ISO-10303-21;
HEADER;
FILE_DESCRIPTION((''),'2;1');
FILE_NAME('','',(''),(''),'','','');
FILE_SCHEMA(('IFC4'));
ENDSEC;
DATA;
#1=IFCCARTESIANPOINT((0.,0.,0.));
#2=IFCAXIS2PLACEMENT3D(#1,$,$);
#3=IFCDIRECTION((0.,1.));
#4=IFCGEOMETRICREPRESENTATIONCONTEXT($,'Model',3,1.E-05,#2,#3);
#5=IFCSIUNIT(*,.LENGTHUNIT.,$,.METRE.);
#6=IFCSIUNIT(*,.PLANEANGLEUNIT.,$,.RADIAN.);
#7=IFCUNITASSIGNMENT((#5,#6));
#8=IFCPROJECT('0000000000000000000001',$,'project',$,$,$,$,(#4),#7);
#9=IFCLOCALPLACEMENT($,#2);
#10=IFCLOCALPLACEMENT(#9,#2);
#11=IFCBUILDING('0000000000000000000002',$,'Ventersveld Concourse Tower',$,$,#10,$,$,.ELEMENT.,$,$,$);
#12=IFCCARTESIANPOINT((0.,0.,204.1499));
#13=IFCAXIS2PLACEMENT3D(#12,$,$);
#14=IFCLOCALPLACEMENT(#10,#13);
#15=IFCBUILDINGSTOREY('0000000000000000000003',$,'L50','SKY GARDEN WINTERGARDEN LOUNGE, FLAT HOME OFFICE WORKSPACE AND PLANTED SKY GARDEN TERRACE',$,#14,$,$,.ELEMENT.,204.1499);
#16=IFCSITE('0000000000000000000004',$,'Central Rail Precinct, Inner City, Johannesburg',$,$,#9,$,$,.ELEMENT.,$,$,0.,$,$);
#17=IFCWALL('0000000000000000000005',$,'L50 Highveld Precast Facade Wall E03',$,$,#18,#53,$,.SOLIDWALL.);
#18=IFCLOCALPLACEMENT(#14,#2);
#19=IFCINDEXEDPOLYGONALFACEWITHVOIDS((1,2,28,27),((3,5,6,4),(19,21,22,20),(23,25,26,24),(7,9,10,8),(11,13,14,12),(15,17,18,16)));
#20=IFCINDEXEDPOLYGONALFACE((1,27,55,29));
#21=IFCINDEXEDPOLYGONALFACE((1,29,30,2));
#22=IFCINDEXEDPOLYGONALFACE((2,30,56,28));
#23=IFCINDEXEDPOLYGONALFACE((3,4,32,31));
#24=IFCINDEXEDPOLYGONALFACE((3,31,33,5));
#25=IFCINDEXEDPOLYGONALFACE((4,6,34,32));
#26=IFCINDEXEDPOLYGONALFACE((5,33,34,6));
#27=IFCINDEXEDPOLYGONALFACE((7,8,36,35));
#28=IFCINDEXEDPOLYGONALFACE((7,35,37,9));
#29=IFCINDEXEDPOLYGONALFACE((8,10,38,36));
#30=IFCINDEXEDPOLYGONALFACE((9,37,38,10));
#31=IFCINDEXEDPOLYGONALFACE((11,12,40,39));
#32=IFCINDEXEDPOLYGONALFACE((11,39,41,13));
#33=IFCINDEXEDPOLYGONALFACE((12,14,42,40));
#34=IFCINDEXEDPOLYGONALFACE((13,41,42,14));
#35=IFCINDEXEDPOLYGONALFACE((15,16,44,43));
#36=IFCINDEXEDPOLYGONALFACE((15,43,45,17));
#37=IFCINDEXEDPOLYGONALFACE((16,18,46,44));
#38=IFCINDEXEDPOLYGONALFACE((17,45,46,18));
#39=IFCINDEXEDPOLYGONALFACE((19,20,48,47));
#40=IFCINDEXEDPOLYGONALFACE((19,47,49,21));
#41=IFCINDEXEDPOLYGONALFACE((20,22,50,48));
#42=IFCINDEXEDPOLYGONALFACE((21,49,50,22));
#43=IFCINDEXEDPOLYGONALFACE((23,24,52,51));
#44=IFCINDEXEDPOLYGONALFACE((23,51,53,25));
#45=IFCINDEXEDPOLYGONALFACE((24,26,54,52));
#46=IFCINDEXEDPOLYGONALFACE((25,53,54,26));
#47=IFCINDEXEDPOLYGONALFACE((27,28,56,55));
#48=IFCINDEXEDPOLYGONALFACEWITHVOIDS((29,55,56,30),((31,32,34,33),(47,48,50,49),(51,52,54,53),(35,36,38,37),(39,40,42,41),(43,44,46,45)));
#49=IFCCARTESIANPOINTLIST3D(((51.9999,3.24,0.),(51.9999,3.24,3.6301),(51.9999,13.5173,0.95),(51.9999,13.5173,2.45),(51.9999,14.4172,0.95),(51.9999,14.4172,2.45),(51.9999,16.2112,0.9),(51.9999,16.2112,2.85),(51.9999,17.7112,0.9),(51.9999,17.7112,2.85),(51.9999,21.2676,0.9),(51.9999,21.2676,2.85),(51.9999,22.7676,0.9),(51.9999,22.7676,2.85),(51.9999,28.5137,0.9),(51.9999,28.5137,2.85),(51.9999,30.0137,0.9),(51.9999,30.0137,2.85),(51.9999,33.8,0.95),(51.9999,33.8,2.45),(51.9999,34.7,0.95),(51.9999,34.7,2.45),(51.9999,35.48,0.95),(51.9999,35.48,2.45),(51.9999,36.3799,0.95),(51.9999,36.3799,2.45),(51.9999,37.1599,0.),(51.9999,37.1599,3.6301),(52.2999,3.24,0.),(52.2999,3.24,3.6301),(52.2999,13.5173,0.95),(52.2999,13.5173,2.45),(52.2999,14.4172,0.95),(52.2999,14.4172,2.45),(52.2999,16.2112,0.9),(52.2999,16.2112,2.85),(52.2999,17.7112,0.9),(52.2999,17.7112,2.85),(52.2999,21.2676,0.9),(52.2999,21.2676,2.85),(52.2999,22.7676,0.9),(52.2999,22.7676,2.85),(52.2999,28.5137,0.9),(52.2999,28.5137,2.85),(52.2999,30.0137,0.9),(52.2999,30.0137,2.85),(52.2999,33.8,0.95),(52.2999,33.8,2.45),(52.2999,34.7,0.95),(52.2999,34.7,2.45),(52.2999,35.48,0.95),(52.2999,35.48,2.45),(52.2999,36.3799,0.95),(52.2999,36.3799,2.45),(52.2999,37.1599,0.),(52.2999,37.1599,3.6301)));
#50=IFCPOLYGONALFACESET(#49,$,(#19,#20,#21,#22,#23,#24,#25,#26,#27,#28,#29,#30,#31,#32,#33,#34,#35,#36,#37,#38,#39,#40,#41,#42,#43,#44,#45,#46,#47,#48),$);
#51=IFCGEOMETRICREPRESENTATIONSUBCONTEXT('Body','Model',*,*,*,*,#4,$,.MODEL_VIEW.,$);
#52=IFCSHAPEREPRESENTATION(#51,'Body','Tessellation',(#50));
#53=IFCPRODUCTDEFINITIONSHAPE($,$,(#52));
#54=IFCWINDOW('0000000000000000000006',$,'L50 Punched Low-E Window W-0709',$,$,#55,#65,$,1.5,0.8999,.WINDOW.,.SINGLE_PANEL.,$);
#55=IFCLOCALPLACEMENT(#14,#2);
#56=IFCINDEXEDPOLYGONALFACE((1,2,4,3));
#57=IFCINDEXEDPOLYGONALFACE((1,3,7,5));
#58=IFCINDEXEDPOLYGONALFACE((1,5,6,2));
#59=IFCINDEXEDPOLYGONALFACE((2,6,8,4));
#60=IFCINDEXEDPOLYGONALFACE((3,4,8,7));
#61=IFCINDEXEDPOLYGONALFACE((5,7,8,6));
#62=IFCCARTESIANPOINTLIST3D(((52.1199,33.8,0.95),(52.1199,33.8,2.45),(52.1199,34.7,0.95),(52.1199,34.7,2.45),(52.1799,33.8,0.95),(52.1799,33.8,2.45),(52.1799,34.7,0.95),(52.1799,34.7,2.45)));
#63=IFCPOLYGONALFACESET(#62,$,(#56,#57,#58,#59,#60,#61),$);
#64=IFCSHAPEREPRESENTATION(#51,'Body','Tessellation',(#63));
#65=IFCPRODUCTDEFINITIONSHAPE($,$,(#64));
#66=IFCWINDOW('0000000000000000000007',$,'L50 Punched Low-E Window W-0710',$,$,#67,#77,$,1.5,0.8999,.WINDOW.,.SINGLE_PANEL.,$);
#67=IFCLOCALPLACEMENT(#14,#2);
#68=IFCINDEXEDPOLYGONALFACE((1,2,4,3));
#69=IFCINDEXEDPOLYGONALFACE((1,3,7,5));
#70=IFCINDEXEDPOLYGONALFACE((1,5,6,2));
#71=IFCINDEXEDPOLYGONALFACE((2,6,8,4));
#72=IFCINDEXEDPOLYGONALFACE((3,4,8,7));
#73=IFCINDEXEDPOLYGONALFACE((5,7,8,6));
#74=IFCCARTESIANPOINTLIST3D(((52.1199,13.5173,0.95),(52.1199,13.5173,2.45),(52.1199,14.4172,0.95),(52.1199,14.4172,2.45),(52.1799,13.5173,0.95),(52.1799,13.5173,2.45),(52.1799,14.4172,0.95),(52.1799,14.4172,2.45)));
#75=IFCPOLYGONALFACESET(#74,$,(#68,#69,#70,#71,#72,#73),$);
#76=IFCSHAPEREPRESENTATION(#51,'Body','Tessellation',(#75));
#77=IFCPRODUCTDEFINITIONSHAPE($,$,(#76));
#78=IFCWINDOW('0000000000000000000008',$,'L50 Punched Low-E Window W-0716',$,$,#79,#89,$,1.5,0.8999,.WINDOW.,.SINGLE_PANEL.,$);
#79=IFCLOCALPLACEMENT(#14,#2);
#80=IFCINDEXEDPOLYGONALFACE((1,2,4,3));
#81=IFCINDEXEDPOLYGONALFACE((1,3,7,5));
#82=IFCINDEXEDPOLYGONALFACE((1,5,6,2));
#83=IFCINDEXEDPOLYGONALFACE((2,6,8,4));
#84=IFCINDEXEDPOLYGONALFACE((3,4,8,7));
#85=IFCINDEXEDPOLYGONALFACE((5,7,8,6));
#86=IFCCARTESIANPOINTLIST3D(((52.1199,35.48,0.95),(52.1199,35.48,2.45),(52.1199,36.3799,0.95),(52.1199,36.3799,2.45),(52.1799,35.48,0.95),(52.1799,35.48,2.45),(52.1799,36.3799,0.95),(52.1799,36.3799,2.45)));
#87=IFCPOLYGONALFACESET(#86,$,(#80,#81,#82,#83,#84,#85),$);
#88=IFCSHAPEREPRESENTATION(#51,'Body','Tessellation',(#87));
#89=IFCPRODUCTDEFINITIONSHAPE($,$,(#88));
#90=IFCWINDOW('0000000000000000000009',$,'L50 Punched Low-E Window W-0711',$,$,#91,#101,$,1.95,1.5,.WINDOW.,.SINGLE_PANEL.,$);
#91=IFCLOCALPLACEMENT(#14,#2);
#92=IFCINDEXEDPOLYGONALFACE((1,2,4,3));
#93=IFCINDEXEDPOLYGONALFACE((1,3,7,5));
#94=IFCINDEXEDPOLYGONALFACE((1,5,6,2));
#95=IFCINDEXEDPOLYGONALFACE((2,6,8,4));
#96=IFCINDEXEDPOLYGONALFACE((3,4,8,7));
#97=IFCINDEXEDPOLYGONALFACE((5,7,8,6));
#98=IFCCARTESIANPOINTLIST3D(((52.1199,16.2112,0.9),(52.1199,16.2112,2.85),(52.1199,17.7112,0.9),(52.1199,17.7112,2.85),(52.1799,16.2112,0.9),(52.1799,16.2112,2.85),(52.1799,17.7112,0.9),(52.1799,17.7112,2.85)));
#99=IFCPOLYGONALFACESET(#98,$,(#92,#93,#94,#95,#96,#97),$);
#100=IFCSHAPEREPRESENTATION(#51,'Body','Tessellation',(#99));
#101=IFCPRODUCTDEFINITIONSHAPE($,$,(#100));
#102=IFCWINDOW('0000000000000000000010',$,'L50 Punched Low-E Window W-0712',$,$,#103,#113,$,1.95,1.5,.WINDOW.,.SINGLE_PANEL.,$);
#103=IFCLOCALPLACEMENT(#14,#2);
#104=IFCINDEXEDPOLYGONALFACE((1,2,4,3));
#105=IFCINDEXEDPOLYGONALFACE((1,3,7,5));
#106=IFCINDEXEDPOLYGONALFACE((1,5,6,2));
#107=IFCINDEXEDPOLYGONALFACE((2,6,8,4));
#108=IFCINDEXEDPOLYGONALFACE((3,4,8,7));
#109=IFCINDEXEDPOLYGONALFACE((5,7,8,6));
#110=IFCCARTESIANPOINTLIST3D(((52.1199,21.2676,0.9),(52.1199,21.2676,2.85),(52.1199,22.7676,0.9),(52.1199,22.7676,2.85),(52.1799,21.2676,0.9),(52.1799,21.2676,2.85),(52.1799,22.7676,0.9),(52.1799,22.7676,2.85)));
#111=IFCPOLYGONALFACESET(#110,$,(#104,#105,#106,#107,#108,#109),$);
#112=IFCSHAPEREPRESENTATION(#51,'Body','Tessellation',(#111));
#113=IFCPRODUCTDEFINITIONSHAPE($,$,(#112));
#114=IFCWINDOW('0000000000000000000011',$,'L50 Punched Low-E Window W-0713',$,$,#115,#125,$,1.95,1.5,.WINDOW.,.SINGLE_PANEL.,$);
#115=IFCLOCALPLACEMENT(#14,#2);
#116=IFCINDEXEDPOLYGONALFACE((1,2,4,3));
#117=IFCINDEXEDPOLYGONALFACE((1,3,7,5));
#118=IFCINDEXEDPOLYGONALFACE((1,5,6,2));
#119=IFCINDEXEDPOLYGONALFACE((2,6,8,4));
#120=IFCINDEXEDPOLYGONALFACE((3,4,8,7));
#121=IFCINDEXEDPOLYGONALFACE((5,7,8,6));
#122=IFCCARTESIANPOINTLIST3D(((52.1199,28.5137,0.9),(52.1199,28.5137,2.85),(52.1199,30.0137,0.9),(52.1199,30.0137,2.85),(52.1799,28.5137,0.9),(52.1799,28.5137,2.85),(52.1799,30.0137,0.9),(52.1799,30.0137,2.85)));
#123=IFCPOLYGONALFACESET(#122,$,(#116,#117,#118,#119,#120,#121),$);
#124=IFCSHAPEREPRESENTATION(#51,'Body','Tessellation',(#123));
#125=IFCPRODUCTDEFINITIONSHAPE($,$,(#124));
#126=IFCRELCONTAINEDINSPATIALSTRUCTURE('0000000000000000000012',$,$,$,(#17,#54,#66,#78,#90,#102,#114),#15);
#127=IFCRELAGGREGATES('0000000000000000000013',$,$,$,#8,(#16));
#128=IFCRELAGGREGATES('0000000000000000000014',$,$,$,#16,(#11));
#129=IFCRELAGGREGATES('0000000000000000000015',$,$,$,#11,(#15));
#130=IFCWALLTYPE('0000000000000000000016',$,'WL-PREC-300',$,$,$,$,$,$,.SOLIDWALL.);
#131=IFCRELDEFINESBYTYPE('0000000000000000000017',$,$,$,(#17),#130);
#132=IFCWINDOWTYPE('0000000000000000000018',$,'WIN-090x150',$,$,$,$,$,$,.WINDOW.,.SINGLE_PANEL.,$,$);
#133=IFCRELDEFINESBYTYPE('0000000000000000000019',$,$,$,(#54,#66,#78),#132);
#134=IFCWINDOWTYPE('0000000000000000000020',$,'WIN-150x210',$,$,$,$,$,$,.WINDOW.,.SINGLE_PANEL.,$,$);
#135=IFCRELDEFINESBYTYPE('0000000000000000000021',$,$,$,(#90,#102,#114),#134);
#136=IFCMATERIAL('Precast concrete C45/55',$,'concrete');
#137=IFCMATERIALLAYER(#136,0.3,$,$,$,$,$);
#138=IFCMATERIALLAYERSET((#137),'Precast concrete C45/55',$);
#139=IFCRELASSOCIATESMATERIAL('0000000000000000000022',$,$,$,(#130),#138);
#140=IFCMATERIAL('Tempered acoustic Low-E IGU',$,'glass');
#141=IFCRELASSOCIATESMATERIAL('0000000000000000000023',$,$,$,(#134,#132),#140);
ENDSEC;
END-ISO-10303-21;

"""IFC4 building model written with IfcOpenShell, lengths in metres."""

from ifc_helpers import new_model, si_unit, direction, frame, frame_2d, origin, place, context, subcontext, project, spatial, rectangle, extrude, material, layer, layer_set, type_object, element, fill, save


model = new_model("IFC4")

# Units and contexts
model_context = context("Model", 3, precision=1e-05, world=origin(), true_north=direction((0.0, 1.0)))
body_context = subcontext(model_context, "Body", "Model", "MODEL_VIEW")
ifc_project = project(units=[si_unit("LENGTHUNIT", "METRE"), si_unit("PLANEANGLEUNIT", "RADIAN")], contexts=[model_context])

# Site, building, storey
site_placement = place(None, origin())
site = spatial("IfcSite", under=ifc_project, at=site_placement, Name="Central Rail Precinct, Inner City, Johannesburg", CompositionType="ELEMENT", RefElevation=0.0)
building_placement = place(site_placement, origin())
building = spatial("IfcBuilding", under=site, at=building_placement, Name="Ventersveld Concourse Tower", CompositionType="ELEMENT")
storey_placement = place(building_placement, frame((0.0, 0.0, 204.1499)))
storey = spatial("IfcBuildingStorey", under=building, at=storey_placement, Name="L50", Description="SKY GARDEN WINTERGARDEN LOUNGE, FLAT HOME OFFICE WORKSPACE AND PLANTED SKY GARDEN TERRACE", CompositionType="ELEMENT", Elevation=204.1499)

# Shared definitions
ifc_material_1 = material(Name="Precast concrete C45/55", Category="concrete")
ifc_layer_1 = layer(ifc_material_1, 0.3)
ifc_layer_set_1 = layer_set([ifc_layer_1], Name="Precast concrete C45/55")
wall_type_1 = type_object("IfcWallType", Name="WL-PREC-300", PredefinedType="SOLIDWALL", material=ifc_layer_set_1)
ifc_material_2 = material(Name="Tempered acoustic Low-E IGU", Category="glass")
window_type_1 = type_object("IfcWindowType", Name="WIN-150x210", PartitioningType="SINGLE_PANEL", PredefinedType="WINDOW", material=ifc_material_2)

# Wall, openings, windows
wall_1_placement = place(storey_placement, frame((52.1499, 3.24, 0.0), z_axis=(0.0, 0.0, 1.0), x_axis=(0.0, 1.0, 0.0)))
wall_1 = element("IfcWall", 1, at=wall_1_placement, inside=storey, type_object=wall_type_1, Name="L50 Highveld Precast Facade Wall E03", PredefinedType="SOLIDWALL", context=body_context, shape_type="SweptSolid", body=[
    extrude(rectangle(XDim=33.9199, YDim=0.3, at=frame_2d((16.96, 0.0))), origin(), (0.0, 0.0, 1.0), 3.6301),
])
opening_1_placement = place(wall_1_placement, frame((30.5601, 0.0, 0.95)))
opening_1 = element("IfcOpeningElement", 2, at=opening_1_placement, cuts=wall_1, PredefinedType="OPENING", context=body_context, shape_type="SweptSolid", body=[
    extrude(rectangle(XDim=0.8999, YDim=1.5, at=frame_2d((0.45, 0.75))), frame((0.0, 0.1602, 0.0), z_axis=(0.0, -1.0, 0.0), x_axis=(1.0, 0.0, 0.0)), (0.0, 0.0, 1.0), 0.3201),
])
opening_2_placement = place(wall_1_placement, frame((10.2773, 0.0, 0.95)))
opening_2 = element("IfcOpeningElement", 3, at=opening_2_placement, cuts=wall_1, PredefinedType="OPENING", context=body_context, shape_type="SweptSolid", body=[
    extrude(rectangle(XDim=0.8999, YDim=1.5, at=frame_2d((0.45, 0.75))), frame((0.0, 0.1602, 0.0), z_axis=(0.0, -1.0, 0.0), x_axis=(1.0, 0.0, 0.0)), (0.0, 0.0, 1.0), 0.3201),
])
opening_3_placement = place(wall_1_placement, frame((12.9712, 0.0, 0.8999)))
opening_3 = element("IfcOpeningElement", 4, at=opening_3_placement, cuts=wall_1, PredefinedType="OPENING", context=body_context, shape_type="SweptSolid", body=[
    extrude(rectangle(XDim=1.5, YDim=1.95, at=frame_2d((0.75, 0.9751))), frame((0.0, 0.1602, 0.0), z_axis=(0.0, -1.0, 0.0), x_axis=(1.0, 0.0, 0.0)), (0.0, 0.0, 1.0), 0.3201),
])
opening_4_placement = place(wall_1_placement, frame((18.0276, 0.0, 0.8999)))
opening_4 = element("IfcOpeningElement", 5, at=opening_4_placement, cuts=wall_1, PredefinedType="OPENING", context=body_context, shape_type="SweptSolid", body=[
    extrude(rectangle(XDim=1.5, YDim=1.95, at=frame_2d((0.75, 0.9751))), frame((0.0, 0.1602, 0.0), z_axis=(0.0, -1.0, 0.0), x_axis=(1.0, 0.0, 0.0)), (0.0, 0.0, 1.0), 0.3201),
])
opening_5_placement = place(wall_1_placement, frame((25.2737, 0.0, 0.8999)))
opening_5 = element("IfcOpeningElement", 6, at=opening_5_placement, cuts=wall_1, PredefinedType="OPENING", context=body_context, shape_type="SweptSolid", body=[
    extrude(rectangle(XDim=1.5, YDim=1.95, at=frame_2d((0.75, 0.9751))), frame((0.0, 0.1602, 0.0), z_axis=(0.0, -1.0, 0.0), x_axis=(1.0, 0.0, 0.0)), (0.0, 0.0, 1.0), 0.3201),
])
opening_6_placement = place(wall_1_placement, frame((32.24, 0.0, 0.95)))
opening_6 = element("IfcOpeningElement", 7, at=opening_6_placement, cuts=wall_1, PredefinedType="OPENING", context=body_context, shape_type="SweptSolid", body=[
    extrude(rectangle(XDim=0.8999, YDim=1.5, at=frame_2d((0.45, 0.75))), frame((0.0, 0.1602, 0.0), z_axis=(0.0, -1.0, 0.0), x_axis=(1.0, 0.0, 0.0)), (0.0, 0.0, 1.0), 0.3201),
])
window_type_2 = type_object("IfcWindowType", Name="WIN-090x150", PartitioningType="SINGLE_PANEL", PredefinedType="WINDOW", material=ifc_material_2)
window_1_placement = place(opening_1_placement, origin())
window_1 = element("IfcWindow", 8, at=window_1_placement, inside=storey, type_object=window_type_2, Name="L50 Punched Low-E Window W-0709", OverallHeight=1.5, OverallWidth=0.8999, PartitioningType="SINGLE_PANEL", PredefinedType="WINDOW", context=body_context, shape_type="SweptSolid", body=[
    extrude(rectangle(XDim=0.8999, YDim=1.5, at=frame_2d((0.45, 0.75))), frame((0.0, 0.03, 0.0), z_axis=(0.0, -1.0, 0.0), x_axis=(1.0, 0.0, 0.0)), (0.0, 0.0, 1.0), 0.0601),
])
fill(opening_1, window_1)
window_2_placement = place(opening_2_placement, origin())
window_2 = element("IfcWindow", 9, at=window_2_placement, inside=storey, type_object=window_type_2, Name="L50 Punched Low-E Window W-0710", OverallHeight=1.5, OverallWidth=0.8999, PartitioningType="SINGLE_PANEL", PredefinedType="WINDOW", context=body_context, shape_type="SweptSolid", body=[
    extrude(rectangle(XDim=0.8999, YDim=1.5, at=frame_2d((0.45, 0.75))), frame((0.0, 0.03, 0.0), z_axis=(0.0, -1.0, 0.0), x_axis=(1.0, 0.0, 0.0)), (0.0, 0.0, 1.0), 0.0601),
])
fill(opening_2, window_2)
window_3_placement = place(opening_6_placement, origin())
window_3 = element("IfcWindow", 10, at=window_3_placement, inside=storey, type_object=window_type_2, Name="L50 Punched Low-E Window W-0716", OverallHeight=1.5, OverallWidth=0.8999, PartitioningType="SINGLE_PANEL", PredefinedType="WINDOW", context=body_context, shape_type="SweptSolid", body=[
    extrude(rectangle(XDim=0.8999, YDim=1.5, at=frame_2d((0.45, 0.75))), frame((0.0, 0.03, 0.0), z_axis=(0.0, -1.0, 0.0), x_axis=(1.0, 0.0, 0.0)), (0.0, 0.0, 1.0), 0.0601),
])
fill(opening_6, window_3)
window_4_placement = place(opening_3_placement, origin())
window_4 = element("IfcWindow", 11, at=window_4_placement, inside=storey, type_object=window_type_1, Name="L50 Punched Low-E Window W-0711", OverallHeight=1.95, OverallWidth=1.5, PartitioningType="SINGLE_PANEL", PredefinedType="WINDOW", context=body_context, shape_type="SweptSolid", body=[
    extrude(rectangle(XDim=1.5, YDim=1.95, at=frame_2d((0.75, 0.9751))), frame((0.0, 0.03, 0.0), z_axis=(0.0, -1.0, 0.0), x_axis=(1.0, 0.0, 0.0)), (0.0, 0.0, 1.0), 0.0601),
])
fill(opening_3, window_4)
window_5_placement = place(opening_4_placement, origin())
window_5 = element("IfcWindow", 12, at=window_5_placement, inside=storey, type_object=window_type_1, Name="L50 Punched Low-E Window W-0712", OverallHeight=1.95, OverallWidth=1.5, PartitioningType="SINGLE_PANEL", PredefinedType="WINDOW", context=body_context, shape_type="SweptSolid", body=[
    extrude(rectangle(XDim=1.5, YDim=1.95, at=frame_2d((0.75, 0.9751))), frame((0.0, 0.03, 0.0), z_axis=(0.0, -1.0, 0.0), x_axis=(1.0, 0.0, 0.0)), (0.0, 0.0, 1.0), 0.0601),
])
fill(opening_4, window_5)
window_6_placement = place(opening_5_placement, origin())
window_6 = element("IfcWindow", 13, at=window_6_placement, inside=storey, type_object=window_type_1, Name="L50 Punched Low-E Window W-0713", OverallHeight=1.95, OverallWidth=1.5, PartitioningType="SINGLE_PANEL", PredefinedType="WINDOW", context=body_context, shape_type="SweptSolid", body=[
    extrude(rectangle(XDim=1.5, YDim=1.95, at=frame_2d((0.75, 0.9751))), frame((0.0, 0.03, 0.0), z_axis=(0.0, -1.0, 0.0), x_axis=(1.0, 0.0, 0.0)), (0.0, 0.0, 1.0), 0.0601),
])
fill(opening_5, window_6)

save(model, "model.ifc")
